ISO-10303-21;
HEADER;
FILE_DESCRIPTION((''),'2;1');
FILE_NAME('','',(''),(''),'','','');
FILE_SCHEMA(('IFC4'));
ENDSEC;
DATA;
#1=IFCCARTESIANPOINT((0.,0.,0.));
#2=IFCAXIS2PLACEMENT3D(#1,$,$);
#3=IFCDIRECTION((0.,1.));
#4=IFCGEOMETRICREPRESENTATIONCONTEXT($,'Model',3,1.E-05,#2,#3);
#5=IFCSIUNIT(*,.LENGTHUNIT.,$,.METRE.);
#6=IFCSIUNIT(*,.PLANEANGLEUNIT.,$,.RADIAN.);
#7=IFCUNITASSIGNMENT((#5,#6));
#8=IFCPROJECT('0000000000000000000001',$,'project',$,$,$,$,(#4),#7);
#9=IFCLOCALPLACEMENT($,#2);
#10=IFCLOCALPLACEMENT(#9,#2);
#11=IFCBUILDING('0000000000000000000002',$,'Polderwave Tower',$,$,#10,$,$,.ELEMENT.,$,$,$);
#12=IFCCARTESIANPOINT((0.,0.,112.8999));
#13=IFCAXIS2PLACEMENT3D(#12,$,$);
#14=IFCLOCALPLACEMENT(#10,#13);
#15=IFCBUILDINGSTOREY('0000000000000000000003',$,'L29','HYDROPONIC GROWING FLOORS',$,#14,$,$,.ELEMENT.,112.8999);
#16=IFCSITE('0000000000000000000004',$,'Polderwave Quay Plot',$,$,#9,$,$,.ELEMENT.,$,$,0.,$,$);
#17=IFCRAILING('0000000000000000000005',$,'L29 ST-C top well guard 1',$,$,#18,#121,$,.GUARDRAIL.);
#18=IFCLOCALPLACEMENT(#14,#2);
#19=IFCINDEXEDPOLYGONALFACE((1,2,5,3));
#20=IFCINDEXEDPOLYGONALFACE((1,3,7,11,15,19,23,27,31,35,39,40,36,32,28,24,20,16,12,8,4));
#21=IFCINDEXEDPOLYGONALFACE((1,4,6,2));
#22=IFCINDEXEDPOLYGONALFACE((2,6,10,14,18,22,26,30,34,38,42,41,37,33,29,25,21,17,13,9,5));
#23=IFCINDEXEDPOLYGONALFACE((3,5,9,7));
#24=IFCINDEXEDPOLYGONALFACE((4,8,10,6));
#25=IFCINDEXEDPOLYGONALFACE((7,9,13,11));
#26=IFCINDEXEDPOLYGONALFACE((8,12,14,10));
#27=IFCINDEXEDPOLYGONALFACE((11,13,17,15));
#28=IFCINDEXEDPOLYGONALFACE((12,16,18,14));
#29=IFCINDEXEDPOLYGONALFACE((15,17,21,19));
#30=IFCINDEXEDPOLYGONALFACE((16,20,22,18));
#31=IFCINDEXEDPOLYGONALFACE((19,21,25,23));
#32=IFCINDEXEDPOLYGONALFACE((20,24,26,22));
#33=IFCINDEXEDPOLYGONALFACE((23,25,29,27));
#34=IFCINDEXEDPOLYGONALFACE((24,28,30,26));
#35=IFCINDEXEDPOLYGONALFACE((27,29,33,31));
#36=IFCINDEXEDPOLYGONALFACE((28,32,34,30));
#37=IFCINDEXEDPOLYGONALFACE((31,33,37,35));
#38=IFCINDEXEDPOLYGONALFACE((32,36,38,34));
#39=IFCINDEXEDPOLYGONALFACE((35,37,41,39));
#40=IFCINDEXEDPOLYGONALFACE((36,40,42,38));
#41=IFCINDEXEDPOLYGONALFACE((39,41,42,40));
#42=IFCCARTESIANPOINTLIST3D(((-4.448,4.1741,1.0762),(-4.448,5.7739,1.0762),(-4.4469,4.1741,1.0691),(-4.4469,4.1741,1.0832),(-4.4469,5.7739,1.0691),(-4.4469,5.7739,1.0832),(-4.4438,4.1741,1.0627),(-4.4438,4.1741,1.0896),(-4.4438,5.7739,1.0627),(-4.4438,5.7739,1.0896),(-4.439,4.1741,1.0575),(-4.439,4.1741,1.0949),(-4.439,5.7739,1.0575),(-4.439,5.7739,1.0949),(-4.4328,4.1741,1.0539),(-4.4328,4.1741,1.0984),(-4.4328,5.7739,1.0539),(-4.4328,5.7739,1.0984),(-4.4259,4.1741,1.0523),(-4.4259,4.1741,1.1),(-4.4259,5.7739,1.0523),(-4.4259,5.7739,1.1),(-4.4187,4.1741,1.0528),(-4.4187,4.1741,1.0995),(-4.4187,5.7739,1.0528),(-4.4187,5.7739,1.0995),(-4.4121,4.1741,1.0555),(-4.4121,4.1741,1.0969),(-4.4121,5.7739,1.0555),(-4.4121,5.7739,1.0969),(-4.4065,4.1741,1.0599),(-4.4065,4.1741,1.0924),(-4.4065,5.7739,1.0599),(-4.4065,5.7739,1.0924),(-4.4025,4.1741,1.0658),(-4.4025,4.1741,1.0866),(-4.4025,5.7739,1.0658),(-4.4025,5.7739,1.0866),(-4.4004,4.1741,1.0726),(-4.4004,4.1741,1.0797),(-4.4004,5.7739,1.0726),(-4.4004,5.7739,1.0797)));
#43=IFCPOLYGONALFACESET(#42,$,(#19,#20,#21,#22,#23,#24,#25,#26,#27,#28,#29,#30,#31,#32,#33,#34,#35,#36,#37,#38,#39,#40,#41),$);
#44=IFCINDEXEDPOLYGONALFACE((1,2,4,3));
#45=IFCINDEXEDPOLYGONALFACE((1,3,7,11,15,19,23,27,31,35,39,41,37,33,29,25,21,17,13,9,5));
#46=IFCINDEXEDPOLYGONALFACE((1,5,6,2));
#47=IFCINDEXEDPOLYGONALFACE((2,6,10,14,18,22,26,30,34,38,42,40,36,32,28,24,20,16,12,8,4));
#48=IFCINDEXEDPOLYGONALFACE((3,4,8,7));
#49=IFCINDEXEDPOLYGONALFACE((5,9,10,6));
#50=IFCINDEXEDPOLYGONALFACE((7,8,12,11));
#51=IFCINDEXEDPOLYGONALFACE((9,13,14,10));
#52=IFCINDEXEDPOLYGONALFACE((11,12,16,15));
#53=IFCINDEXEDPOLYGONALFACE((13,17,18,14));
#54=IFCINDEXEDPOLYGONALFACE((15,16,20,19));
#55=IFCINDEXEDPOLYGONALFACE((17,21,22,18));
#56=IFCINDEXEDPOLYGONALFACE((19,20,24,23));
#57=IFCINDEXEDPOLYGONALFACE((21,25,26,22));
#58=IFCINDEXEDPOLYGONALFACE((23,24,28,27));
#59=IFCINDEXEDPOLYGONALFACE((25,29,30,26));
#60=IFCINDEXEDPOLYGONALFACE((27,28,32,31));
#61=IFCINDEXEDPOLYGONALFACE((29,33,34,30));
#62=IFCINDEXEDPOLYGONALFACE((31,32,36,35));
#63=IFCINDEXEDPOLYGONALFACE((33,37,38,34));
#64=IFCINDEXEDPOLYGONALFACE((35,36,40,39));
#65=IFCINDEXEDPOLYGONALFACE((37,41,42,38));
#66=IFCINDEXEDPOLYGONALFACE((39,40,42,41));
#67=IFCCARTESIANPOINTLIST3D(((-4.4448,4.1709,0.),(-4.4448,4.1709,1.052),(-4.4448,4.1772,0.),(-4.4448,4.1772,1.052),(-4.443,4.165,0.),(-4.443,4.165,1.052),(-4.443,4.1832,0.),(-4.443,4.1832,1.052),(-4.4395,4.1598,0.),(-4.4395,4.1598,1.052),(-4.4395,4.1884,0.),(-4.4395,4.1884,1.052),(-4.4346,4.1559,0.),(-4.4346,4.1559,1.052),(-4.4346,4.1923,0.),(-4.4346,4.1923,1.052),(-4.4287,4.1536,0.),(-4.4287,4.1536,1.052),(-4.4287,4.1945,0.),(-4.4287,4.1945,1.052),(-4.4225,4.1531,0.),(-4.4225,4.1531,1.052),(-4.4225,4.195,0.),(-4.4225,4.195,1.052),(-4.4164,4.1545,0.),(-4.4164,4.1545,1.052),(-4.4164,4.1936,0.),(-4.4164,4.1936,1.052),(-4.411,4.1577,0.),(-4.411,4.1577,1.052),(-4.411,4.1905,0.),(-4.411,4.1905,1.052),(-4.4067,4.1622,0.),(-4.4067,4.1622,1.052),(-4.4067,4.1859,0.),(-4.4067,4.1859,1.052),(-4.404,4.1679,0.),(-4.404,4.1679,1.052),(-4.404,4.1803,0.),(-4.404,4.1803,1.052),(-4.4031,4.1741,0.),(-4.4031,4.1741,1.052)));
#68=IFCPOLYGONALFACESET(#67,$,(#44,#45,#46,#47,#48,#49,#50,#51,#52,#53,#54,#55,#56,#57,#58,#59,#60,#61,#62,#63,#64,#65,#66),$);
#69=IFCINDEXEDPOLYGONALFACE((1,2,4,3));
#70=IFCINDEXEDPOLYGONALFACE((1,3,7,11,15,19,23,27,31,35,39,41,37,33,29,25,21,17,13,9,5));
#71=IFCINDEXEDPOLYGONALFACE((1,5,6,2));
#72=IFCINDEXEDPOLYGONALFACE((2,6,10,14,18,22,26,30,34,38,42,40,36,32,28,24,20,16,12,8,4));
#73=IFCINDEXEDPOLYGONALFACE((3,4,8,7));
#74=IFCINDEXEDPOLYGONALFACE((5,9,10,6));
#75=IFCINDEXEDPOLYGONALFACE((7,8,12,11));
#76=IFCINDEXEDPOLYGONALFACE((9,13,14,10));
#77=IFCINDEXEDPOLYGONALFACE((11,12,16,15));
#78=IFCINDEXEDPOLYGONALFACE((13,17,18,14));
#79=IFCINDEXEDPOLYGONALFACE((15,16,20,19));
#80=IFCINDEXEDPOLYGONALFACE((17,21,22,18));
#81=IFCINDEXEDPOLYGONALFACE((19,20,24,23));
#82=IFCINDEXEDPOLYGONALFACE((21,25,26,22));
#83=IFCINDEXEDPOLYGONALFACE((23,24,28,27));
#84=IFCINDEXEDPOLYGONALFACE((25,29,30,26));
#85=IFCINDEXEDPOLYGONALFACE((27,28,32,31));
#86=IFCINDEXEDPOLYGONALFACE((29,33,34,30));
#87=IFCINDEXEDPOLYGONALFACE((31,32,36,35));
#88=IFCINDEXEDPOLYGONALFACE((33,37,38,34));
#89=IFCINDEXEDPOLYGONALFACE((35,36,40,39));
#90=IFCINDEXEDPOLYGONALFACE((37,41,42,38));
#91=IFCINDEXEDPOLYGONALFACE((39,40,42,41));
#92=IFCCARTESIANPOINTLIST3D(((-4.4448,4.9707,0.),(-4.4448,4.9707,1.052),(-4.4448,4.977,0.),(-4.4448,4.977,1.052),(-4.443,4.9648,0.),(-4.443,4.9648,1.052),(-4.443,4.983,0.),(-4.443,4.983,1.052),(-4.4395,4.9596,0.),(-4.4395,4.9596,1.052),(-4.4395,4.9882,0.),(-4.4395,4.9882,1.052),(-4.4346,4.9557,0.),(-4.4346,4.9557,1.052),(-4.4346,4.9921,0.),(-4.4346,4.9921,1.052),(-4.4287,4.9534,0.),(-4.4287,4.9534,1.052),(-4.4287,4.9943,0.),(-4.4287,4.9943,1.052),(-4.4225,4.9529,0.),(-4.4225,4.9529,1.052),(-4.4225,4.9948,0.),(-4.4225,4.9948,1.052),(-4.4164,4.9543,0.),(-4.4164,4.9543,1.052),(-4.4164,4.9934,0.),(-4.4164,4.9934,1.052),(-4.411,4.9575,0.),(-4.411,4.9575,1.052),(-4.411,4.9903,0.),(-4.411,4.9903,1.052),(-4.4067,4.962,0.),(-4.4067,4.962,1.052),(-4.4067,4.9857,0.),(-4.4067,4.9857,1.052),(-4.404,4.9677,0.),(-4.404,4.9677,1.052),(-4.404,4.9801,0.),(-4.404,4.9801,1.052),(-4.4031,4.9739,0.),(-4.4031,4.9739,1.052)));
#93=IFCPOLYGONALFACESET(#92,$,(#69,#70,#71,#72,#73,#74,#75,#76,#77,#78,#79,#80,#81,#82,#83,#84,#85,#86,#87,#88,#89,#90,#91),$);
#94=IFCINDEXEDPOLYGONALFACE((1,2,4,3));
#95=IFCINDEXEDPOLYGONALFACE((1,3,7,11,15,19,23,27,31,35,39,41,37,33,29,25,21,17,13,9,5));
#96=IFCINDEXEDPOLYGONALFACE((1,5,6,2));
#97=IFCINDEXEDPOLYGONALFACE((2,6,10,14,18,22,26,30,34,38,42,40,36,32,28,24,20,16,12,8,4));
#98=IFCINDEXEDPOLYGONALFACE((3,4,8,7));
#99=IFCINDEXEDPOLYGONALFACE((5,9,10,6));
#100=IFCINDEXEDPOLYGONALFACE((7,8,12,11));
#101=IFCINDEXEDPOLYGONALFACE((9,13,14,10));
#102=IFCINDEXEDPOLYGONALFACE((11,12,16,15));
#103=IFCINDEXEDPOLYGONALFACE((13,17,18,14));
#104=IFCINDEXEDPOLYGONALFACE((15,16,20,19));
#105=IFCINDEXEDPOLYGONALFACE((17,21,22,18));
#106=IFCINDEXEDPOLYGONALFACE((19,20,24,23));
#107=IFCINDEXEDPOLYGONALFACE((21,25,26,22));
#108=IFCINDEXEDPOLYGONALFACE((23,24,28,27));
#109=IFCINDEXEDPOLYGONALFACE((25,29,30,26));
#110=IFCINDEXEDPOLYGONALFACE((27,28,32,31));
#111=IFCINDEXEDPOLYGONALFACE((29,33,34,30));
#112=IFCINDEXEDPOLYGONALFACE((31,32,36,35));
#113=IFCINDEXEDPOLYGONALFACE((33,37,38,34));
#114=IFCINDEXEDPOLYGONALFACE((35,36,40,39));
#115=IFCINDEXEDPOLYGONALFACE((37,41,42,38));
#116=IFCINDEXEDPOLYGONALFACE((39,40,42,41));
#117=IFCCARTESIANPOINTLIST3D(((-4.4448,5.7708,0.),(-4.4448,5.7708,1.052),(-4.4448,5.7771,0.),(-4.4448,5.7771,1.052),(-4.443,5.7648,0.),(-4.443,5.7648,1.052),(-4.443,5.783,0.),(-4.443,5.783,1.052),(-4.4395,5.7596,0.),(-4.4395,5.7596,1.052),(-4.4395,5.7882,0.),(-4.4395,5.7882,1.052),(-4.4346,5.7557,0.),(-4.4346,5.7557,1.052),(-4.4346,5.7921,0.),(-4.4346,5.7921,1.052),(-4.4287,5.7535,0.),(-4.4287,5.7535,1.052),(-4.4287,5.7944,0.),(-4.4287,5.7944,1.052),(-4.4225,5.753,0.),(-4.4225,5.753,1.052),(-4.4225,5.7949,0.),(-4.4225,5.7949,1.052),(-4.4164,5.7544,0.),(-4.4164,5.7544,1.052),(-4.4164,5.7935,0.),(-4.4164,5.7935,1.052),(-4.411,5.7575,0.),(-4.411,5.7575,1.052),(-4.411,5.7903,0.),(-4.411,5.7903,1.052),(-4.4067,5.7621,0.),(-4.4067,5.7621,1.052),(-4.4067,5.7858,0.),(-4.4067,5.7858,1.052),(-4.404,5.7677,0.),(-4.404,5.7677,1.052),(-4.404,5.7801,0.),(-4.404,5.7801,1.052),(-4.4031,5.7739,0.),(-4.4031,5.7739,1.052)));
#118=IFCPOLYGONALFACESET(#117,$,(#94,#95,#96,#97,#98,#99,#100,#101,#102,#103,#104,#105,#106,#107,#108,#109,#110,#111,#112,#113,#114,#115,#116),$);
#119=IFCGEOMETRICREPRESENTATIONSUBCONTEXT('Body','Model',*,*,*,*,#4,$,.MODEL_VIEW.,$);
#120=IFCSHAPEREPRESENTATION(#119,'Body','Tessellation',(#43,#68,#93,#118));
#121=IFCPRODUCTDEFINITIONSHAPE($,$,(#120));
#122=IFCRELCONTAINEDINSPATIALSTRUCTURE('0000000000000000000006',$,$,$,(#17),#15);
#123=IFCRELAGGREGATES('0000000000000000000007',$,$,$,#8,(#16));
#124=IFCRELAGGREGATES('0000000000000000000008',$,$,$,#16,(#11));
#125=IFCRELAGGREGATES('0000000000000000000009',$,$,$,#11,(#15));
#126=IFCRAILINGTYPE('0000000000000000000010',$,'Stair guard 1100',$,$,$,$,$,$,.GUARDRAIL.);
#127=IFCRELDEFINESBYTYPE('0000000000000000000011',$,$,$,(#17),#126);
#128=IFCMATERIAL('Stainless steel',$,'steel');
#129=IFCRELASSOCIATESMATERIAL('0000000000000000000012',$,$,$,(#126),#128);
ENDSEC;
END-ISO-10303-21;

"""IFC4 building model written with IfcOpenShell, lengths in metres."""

from ifc_helpers import new_model, si_unit, direction, frame, origin, origin_2d, place, context, subcontext, project, spatial, circle, extrude, material, type_object, element, save


model = new_model("IFC4")

# Units and contexts
model_context = context("Model", 3, precision=1e-05, world=origin(), true_north=direction((0.0, 1.0)))
body_context = subcontext(model_context, "Body", "Model", "MODEL_VIEW")
ifc_project = project(units=[si_unit("LENGTHUNIT", "METRE"), si_unit("PLANEANGLEUNIT", "RADIAN")], contexts=[model_context])

# Site, building, storey
site_placement = place(None, origin())
site = spatial("IfcSite", under=ifc_project, at=site_placement, Name="Polderwave Quay Plot", CompositionType="ELEMENT", RefElevation=0.0)
building_placement = place(site_placement, origin())
building = spatial("IfcBuilding", under=site, at=building_placement, Name="Polderwave Tower", CompositionType="ELEMENT")
storey_placement = place(building_placement, frame((0.0, 0.0, 112.8999)))
storey = spatial("IfcBuildingStorey", under=building, at=storey_placement, Name="L29", Description="HYDROPONIC GROWING FLOORS", CompositionType="ELEMENT", Elevation=112.8999)

# Railing
ifc_material_1 = material(Name="Stainless steel", Category="steel")
railing_type_1 = type_object("IfcRailingType", Name="Stair guard 1100", PredefinedType="GUARDRAIL", material=ifc_material_1)
railing_1_placement = place(storey_placement, frame((-4.4241, 4.1741, 0.0)))
element("IfcRailing", 1, at=railing_1_placement, inside=storey, type_object=railing_type_1, Name="L29 ST-C top well guard 1", PredefinedType="GUARDRAIL", context=body_context, shape_type="SweptSolid", body=[
    extrude(circle(Radius=0.0239, at=origin_2d()), frame((0.0, 0.0, 1.0762), z_axis=(0.0, 1.0, 0.0), x_axis=(-1.0, 0.0, 0.0)), (0.0, 0.0, 1.0), 1.5999),
    extrude(circle(Radius=0.021, at=origin_2d()), origin(), (0.0, 0.0, 1.0), 1.052),
    extrude(circle(Radius=0.021, at=origin_2d()), frame((0.0, 0.7998, 0.0)), (0.0, 0.0, 1.0), 1.052),
    extrude(circle(Radius=0.021, at=origin_2d()), frame((0.0, 1.5999, 0.0)), (0.0, 0.0, 1.0), 1.052),
])

save(model, "model.ifc")
